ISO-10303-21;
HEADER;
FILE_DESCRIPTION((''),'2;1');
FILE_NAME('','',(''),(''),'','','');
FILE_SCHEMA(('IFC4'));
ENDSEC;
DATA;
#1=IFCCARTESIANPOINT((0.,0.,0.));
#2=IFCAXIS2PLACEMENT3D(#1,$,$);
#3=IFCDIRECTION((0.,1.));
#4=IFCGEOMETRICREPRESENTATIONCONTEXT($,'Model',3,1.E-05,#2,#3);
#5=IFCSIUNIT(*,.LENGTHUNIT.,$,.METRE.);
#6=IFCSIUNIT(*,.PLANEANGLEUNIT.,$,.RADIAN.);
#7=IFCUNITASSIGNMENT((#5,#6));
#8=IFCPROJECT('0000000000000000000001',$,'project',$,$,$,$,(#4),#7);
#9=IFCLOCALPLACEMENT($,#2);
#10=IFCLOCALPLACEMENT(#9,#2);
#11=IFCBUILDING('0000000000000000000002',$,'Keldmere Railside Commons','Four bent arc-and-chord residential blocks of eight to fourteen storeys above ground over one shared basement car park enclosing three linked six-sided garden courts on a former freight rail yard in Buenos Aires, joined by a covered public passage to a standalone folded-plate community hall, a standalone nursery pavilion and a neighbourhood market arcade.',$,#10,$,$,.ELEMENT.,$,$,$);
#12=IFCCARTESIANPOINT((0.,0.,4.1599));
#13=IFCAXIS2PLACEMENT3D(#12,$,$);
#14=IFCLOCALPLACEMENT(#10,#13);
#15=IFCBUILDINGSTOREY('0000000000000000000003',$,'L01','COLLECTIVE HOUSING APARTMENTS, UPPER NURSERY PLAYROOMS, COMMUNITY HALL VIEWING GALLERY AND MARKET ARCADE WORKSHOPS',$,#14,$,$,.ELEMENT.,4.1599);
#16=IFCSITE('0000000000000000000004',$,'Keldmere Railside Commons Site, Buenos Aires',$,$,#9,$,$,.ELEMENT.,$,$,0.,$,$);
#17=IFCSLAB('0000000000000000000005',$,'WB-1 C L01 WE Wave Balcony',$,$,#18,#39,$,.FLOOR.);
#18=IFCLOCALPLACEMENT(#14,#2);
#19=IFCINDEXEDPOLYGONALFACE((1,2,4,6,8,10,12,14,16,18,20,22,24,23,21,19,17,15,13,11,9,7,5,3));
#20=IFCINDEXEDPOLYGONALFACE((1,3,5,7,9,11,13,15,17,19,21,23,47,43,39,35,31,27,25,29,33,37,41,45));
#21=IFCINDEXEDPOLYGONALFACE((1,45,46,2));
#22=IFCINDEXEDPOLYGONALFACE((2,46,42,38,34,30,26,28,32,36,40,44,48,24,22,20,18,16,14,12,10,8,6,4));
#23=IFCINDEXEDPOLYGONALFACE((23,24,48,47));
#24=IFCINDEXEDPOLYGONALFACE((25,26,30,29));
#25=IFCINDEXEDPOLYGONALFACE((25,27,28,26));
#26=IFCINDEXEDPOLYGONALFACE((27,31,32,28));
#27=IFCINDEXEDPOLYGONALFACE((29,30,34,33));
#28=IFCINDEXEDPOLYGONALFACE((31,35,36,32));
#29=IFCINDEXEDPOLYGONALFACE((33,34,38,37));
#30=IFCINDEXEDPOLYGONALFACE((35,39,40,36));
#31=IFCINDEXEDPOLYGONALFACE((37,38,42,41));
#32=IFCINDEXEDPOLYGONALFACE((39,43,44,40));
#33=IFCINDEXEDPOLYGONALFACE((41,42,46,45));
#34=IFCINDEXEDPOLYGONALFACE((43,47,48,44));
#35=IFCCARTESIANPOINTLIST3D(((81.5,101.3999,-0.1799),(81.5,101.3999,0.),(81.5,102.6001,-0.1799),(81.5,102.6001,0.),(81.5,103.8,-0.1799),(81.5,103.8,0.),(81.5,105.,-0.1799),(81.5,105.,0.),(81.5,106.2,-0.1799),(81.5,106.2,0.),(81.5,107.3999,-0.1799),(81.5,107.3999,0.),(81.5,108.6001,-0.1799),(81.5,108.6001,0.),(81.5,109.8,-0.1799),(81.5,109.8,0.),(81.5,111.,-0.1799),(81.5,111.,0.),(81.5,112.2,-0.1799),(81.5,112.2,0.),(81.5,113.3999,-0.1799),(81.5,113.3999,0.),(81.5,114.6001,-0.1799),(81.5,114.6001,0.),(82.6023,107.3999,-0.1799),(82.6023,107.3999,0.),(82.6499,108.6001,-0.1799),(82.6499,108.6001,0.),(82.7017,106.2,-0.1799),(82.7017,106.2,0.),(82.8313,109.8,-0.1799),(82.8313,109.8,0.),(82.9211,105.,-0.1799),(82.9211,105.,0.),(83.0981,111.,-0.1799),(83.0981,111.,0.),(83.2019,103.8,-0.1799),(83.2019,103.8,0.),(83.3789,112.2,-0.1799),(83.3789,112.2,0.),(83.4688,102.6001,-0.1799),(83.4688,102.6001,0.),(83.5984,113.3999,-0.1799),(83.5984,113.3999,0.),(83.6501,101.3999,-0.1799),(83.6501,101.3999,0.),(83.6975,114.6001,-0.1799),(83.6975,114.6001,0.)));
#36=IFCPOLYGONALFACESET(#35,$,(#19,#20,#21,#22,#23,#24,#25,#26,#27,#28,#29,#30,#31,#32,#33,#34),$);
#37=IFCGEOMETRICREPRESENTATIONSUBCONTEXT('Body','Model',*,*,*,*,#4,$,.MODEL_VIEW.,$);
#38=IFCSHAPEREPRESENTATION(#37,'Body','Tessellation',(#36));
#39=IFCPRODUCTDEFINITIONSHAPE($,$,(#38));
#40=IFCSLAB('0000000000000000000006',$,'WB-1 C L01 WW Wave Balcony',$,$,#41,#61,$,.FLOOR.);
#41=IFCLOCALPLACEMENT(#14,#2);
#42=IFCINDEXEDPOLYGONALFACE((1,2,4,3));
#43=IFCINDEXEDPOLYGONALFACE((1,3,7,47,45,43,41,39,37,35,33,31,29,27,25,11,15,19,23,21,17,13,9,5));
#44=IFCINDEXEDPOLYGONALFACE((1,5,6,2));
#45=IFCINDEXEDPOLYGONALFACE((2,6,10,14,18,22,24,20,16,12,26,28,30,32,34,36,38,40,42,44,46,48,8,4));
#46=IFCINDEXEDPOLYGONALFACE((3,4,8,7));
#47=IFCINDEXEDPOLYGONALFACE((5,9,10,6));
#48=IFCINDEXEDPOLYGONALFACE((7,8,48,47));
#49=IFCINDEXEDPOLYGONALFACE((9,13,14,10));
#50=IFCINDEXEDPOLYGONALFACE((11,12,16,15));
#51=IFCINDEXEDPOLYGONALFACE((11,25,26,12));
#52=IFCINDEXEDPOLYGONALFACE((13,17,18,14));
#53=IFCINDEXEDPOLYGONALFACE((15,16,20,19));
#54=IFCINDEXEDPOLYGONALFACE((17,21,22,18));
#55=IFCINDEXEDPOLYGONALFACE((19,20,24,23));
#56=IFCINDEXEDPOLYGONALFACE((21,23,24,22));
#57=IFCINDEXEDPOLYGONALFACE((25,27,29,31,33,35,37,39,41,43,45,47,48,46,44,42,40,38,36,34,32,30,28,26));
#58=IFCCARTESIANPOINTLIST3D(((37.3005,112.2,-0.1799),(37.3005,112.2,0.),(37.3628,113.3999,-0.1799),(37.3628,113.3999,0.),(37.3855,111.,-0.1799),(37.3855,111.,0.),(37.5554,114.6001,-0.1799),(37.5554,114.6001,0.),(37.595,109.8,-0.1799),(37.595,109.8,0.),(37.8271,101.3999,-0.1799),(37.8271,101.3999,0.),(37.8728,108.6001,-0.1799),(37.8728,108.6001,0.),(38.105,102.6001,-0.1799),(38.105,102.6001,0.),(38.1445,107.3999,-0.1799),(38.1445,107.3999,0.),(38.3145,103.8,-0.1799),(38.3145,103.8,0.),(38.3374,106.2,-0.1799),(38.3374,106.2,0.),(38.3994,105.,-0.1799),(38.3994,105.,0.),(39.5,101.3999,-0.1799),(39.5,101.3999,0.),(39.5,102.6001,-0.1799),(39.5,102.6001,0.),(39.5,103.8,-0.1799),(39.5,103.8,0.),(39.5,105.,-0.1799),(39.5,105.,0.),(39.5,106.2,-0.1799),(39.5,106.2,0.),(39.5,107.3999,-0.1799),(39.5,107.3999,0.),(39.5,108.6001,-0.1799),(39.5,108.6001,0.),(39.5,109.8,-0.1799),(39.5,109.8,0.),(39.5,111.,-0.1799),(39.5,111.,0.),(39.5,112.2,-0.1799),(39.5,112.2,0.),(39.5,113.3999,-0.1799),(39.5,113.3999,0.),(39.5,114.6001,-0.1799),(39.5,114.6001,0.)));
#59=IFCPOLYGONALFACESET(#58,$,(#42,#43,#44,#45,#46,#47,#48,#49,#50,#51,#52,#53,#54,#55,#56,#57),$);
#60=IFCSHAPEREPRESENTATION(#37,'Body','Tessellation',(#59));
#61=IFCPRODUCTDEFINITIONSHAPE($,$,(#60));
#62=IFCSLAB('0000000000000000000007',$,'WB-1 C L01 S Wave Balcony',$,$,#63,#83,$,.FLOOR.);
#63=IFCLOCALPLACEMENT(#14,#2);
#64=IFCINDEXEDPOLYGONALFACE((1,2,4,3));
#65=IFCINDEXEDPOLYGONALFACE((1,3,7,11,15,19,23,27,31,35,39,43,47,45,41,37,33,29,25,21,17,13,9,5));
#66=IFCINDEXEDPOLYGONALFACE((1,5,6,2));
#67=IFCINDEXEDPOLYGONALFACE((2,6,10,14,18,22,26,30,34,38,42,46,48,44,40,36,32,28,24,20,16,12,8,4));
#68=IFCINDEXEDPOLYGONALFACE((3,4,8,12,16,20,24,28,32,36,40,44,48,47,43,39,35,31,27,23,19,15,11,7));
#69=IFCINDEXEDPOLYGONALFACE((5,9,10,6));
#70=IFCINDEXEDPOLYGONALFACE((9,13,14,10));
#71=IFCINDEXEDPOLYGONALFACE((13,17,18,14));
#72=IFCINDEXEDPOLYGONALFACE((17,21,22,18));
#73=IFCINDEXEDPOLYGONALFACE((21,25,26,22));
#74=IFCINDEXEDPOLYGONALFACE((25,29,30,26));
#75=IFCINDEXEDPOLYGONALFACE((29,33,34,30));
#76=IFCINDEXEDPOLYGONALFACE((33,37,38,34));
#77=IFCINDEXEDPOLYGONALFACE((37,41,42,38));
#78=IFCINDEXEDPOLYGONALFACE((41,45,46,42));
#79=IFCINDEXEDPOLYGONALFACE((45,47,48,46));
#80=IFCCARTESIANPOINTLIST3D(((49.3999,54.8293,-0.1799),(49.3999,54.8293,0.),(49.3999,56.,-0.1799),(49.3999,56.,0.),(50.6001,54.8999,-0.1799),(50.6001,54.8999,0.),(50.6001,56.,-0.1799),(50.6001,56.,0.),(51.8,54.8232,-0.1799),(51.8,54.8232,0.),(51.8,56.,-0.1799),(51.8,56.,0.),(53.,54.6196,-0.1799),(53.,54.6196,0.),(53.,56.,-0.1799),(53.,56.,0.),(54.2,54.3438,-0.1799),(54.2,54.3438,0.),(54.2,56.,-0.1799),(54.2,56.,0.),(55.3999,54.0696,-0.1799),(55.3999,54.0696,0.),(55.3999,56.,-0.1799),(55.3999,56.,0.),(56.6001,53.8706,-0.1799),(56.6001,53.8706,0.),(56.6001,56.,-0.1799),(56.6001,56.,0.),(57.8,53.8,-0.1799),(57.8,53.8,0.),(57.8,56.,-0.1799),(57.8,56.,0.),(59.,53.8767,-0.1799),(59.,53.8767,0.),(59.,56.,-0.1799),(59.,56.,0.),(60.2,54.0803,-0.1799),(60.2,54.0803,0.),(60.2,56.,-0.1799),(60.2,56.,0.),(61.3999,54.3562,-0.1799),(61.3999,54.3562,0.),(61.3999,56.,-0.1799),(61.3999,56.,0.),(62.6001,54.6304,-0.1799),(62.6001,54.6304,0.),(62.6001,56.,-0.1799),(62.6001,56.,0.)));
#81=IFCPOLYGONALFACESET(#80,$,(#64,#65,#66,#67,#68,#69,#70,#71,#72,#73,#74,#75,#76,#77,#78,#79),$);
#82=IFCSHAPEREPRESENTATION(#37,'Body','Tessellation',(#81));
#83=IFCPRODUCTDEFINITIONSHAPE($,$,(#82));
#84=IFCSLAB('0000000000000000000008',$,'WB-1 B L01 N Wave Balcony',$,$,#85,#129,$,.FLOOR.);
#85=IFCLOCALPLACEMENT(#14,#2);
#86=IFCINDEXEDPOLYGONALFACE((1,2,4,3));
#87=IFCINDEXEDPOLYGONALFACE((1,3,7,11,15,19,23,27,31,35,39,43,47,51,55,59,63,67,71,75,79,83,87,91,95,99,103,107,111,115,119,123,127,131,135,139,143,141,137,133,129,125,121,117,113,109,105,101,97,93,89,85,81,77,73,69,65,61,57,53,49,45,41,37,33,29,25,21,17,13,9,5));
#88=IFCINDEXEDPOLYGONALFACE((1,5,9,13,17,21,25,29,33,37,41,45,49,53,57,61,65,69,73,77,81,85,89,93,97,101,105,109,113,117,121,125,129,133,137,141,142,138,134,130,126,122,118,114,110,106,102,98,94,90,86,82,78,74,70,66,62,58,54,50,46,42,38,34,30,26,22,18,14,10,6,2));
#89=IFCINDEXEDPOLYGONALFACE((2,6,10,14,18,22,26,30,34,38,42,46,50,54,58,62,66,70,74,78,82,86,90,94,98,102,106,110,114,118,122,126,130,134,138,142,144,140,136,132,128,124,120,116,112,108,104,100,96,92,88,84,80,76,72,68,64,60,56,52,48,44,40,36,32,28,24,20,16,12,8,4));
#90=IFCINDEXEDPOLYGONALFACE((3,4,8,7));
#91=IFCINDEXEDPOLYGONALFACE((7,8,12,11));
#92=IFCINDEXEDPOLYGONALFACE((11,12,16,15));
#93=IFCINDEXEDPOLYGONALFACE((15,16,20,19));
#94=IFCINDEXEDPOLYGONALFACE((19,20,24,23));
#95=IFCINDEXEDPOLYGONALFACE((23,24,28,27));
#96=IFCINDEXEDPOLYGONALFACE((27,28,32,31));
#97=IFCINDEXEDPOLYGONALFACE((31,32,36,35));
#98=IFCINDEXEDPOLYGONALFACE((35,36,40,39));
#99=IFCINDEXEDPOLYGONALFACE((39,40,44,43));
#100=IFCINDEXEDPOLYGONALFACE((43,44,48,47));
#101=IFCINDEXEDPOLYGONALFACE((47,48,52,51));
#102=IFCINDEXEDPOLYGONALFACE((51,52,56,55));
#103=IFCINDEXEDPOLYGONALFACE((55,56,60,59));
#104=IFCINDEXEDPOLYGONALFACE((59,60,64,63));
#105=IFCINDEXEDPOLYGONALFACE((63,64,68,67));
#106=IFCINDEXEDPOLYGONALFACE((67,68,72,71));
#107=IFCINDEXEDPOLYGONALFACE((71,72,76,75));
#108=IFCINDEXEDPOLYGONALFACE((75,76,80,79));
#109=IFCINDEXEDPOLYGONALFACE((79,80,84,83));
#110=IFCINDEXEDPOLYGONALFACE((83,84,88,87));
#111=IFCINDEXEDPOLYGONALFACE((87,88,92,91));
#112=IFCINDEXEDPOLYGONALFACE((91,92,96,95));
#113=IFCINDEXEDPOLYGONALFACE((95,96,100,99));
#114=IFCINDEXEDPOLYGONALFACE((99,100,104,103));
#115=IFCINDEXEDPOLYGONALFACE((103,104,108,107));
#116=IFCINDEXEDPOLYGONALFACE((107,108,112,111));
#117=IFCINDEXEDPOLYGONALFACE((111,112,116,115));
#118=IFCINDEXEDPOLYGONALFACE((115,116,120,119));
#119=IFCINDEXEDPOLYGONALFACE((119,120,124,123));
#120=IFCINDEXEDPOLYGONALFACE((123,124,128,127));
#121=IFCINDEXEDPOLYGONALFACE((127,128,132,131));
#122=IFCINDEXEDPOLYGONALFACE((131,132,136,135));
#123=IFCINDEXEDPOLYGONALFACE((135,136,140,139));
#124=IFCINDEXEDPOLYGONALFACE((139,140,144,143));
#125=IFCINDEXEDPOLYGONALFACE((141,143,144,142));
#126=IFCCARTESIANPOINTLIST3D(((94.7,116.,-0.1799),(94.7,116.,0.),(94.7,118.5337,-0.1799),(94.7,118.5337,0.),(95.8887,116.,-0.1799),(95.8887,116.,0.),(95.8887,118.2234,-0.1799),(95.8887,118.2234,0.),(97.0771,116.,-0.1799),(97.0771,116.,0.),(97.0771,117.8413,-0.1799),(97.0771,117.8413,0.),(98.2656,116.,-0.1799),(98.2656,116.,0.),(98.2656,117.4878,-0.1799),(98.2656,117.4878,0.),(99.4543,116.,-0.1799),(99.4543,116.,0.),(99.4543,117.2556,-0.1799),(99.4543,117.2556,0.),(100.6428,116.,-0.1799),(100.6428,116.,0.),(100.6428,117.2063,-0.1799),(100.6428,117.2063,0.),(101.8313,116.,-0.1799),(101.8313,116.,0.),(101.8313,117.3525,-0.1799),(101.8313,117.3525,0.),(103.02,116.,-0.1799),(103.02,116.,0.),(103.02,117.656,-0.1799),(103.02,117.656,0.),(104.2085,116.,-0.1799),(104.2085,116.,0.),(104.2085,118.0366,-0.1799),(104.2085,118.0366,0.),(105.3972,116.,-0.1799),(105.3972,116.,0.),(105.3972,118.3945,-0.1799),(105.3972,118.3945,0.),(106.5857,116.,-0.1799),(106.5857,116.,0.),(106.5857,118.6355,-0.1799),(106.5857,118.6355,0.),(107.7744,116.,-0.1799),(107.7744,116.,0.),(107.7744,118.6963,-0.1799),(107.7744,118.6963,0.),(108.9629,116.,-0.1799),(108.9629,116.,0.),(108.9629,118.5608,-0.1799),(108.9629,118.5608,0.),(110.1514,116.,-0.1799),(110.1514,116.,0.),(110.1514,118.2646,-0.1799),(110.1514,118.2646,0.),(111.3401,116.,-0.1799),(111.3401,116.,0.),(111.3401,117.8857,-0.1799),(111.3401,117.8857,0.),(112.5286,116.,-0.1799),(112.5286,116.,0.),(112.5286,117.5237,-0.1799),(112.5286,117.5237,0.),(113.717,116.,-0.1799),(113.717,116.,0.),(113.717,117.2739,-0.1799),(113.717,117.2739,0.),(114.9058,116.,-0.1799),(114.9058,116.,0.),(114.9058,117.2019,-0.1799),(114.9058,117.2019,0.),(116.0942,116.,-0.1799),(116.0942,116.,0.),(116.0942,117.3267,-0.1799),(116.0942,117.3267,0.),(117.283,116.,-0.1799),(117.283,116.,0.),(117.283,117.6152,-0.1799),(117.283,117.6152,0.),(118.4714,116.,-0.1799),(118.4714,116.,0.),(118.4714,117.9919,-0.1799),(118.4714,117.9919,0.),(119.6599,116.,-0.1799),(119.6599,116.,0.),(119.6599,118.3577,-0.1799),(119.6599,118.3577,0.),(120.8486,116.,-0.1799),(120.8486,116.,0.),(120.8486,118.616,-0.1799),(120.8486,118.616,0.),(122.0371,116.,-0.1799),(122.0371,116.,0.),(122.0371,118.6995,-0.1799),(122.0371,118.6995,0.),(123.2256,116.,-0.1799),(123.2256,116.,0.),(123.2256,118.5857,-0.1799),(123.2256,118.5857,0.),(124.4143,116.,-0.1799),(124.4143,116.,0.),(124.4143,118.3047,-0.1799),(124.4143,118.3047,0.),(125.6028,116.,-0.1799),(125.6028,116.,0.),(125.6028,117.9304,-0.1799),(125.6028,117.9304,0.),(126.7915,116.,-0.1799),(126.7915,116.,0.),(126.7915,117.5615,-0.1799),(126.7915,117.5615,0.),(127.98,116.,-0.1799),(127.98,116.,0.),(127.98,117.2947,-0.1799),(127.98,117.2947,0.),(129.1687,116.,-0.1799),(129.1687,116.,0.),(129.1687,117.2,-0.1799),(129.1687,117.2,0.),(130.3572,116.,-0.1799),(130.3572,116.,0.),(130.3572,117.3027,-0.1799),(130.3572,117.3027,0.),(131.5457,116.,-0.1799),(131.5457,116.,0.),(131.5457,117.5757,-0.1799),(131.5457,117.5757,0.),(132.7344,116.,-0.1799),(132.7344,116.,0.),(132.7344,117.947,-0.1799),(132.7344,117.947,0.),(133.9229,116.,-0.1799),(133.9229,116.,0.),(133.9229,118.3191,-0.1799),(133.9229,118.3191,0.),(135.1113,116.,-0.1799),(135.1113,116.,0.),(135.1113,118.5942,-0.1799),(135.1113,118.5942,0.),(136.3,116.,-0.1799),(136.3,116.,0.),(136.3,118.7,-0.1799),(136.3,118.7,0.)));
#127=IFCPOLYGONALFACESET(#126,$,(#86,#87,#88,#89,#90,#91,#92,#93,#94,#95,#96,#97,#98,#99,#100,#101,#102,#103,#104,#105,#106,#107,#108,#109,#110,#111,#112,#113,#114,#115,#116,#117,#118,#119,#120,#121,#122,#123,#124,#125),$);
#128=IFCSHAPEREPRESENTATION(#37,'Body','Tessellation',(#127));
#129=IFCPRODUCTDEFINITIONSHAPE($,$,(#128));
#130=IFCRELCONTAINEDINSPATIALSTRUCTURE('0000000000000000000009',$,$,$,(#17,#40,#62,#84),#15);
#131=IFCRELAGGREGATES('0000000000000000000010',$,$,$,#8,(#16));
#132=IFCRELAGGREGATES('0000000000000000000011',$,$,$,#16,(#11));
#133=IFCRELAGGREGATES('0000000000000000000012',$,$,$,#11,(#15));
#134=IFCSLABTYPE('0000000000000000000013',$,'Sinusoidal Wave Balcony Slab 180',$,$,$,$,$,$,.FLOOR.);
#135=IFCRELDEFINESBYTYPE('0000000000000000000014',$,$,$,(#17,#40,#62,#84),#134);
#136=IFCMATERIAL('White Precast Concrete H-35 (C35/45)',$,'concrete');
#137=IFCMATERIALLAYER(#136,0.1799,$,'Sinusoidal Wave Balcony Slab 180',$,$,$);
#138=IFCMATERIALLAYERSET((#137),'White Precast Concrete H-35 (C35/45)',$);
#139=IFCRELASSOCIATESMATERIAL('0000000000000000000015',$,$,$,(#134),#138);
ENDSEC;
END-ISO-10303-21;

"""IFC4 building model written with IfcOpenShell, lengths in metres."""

from ifc_helpers import new_model, si_unit, direction, frame, origin, place, context, subcontext, project, spatial, polyline, outline, extrude, material, layer, layer_set, type_object, element, save


model = new_model("IFC4")

# Units and contexts
model_context = context("Model", 3, precision=1e-05, world=origin(), true_north=direction((0.0, 1.0)))
body_context = subcontext(model_context, "Body", "Model", "MODEL_VIEW")
ifc_project = project(units=[si_unit("LENGTHUNIT", "METRE"), si_unit("PLANEANGLEUNIT", "RADIAN")], contexts=[model_context])

# Site, building, storey
site_placement = place(None, origin())
site = spatial("IfcSite", under=ifc_project, at=site_placement, Name="Keldmere Railside Commons Site, Buenos Aires", CompositionType="ELEMENT", RefElevation=0.0)
building_placement = place(site_placement, origin())
building = spatial("IfcBuilding", under=site, at=building_placement, Name="Keldmere Railside Commons", Description="Four bent arc-and-chord residential blocks of eight to fourteen storeys above ground over one shared basement car park enclosing three linked six-sided garden courts on a former freight rail yard in Buenos Aires, joined by a covered public passage to a standalone folded-plate community hall, a standalone nursery pavilion and a neighbourhood market arcade.", CompositionType="ELEMENT")
storey_placement = place(building_placement, frame((0.0, 0.0, 4.1599)))
storey = spatial("IfcBuildingStorey", under=building, at=storey_placement, Name="L01", Description="COLLECTIVE HOUSING APARTMENTS, UPPER NURSERY PLAYROOMS, COMMUNITY HALL VIEWING GALLERY AND MARKET ARCADE WORKSHOPS", CompositionType="ELEMENT", Elevation=4.1599)

# Slabs
ifc_material_1 = material(Name="White Precast Concrete H-35 (C35/45)", Category="concrete")
ifc_layer_1 = layer(ifc_material_1, 0.1799, Name="Sinusoidal Wave Balcony Slab 180")
ifc_layer_set_1 = layer_set([ifc_layer_1], Name="White Precast Concrete H-35 (C35/45)")
slab_type_1 = type_object("IfcSlabType", Name="Sinusoidal Wave Balcony Slab 180", PredefinedType="FLOOR", material=ifc_layer_set_1)
slab_1_placement = place(storey_placement, frame((0.0, 0.0, -0.1799)))
element("IfcSlab", 1, at=slab_1_placement, inside=storey, type_object=slab_type_1, Name="WB-1 C L01 WE Wave Balcony", PredefinedType="FLOOR", context=body_context, shape_type="SweptSolid", body=[
    extrude(outline(polyline([(83.6501, 101.3999), (83.4688, 102.6001), (83.2019, 103.8), (82.9211, 105.0), (82.7017, 106.2), (82.6023, 107.3999), (82.6499, 108.6001), (82.8313, 109.8), (83.0981, 111.0), (83.3789, 112.2), (83.5984, 113.3999), (83.6975, 114.6001), (81.5, 114.6001), (81.5, 113.3999), (81.5, 112.2), (81.5, 111.0), (81.5, 109.8), (81.5, 108.6001), (81.5, 107.3999), (81.5, 106.2), (81.5, 105.0), (81.5, 103.8), (81.5, 102.6001), (81.5, 101.3999), (83.6501, 101.3999)])), origin(), (0.0, 0.0, 1.0), 0.1799),
])
slab_2_placement = place(storey_placement, frame((0.0, 0.0, -0.1799)))
element("IfcSlab", 2, at=slab_2_placement, inside=storey, type_object=slab_type_1, Name="WB-1 C L01 WW Wave Balcony", PredefinedType="FLOOR", context=body_context, shape_type="SweptSolid", body=[
    extrude(outline(polyline([(39.5, 101.3999), (39.5, 102.6001), (39.5, 103.8), (39.5, 105.0), (39.5, 106.2), (39.5, 107.3999), (39.5, 108.6001), (39.5, 109.8), (39.5, 111.0), (39.5, 112.2), (39.5, 113.3999), (39.5, 114.6001), (37.5554, 114.6001), (37.3628, 113.3999), (37.3005, 112.2), (37.3855, 111.0), (37.595, 109.8), (37.8728, 108.6001), (38.1445, 107.3999), (38.3374, 106.2), (38.3994, 105.0), (38.3145, 103.8), (38.105, 102.6001), (37.8271, 101.3999), (39.5, 101.3999)])), origin(), (0.0, 0.0, 1.0), 0.1799),
])
slab_3_placement = place(storey_placement, frame((0.0, 0.0, -0.1799)))
element("IfcSlab", 3, at=slab_3_placement, inside=storey, type_object=slab_type_1, Name="WB-1 C L01 S Wave Balcony", PredefinedType="FLOOR", context=body_context, shape_type="SweptSolid", body=[
    extrude(outline(polyline([(49.3999, 54.8293), (50.6001, 54.8999), (51.8, 54.8232), (53.0, 54.6196), (54.2, 54.3438), (55.3999, 54.0696), (56.6001, 53.8706), (57.8, 53.8), (59.0, 53.8767), (60.2, 54.0803), (61.3999, 54.3562), (62.6001, 54.6304), (62.6001, 56.0), (61.3999, 56.0), (60.2, 56.0), (59.0, 56.0), (57.8, 56.0), (56.6001, 56.0), (55.3999, 56.0), (54.2, 56.0), (53.0, 56.0), (51.8, 56.0), (50.6001, 56.0), (49.3999, 56.0), (49.3999, 54.8293)])), origin(), (0.0, 0.0, 1.0), 0.1799),
])
slab_4_placement = place(storey_placement, frame((0.0, 0.0, -0.1799)))
element("IfcSlab", 4, at=slab_4_placement, inside=storey, type_object=slab_type_1, Name="WB-1 B L01 N Wave Balcony", PredefinedType="FLOOR", context=body_context, shape_type="SweptSolid", body=[
    extrude(outline(polyline([(94.7, 116.0), (95.8887, 116.0), (97.0771, 116.0), (98.2656, 116.0), (99.4543, 116.0), (100.6428, 116.0), (101.8313, 116.0), (103.02, 116.0), (104.2085, 116.0), (105.3972, 116.0), (106.5857, 116.0), (107.7744, 116.0), (108.9629, 116.0), (110.1514, 116.0), (111.3401, 116.0), (112.5286, 116.0), (113.717, 116.0), (114.9058, 116.0), (116.0942, 116.0), (117.283, 116.0), (118.4714, 116.0), (119.6599, 116.0), (120.8486, 116.0), (122.0371, 116.0), (123.2256, 116.0), (124.4143, 116.0), (125.6028, 116.0), (126.7915, 116.0), (127.98, 116.0), (129.1687, 116.0), (130.3572, 116.0), (131.5457, 116.0), (132.7344, 116.0), (133.9229, 116.0), (135.1113, 116.0), (136.3, 116.0), (136.3, 118.7), (135.1113, 118.5942), (133.9229, 118.3191), (132.7344, 117.947), (131.5457, 117.5757), (130.3572, 117.3027), (129.1687, 117.2), (127.98, 117.2947), (126.7915, 117.5615), (125.6028, 117.9304), (124.4143, 118.3047), (123.2256, 118.5857), (122.0371, 118.6995), (120.8486, 118.616), (119.6599, 118.3577), (118.4714, 117.9919), (117.283, 117.6152), (116.0942, 117.3267), (114.9058, 117.2019), (113.717, 117.2739), (112.5286, 117.5237), (111.3401, 117.8857), (110.1514, 118.2646), (108.9629, 118.5608), (107.7744, 118.6963), (106.5857, 118.6355), (105.3972, 118.3945), (104.2085, 118.0366), (103.02, 117.656), (101.8313, 117.3525), (100.6428, 117.2063), (99.4543, 117.2556), (98.2656, 117.4878), (97.0771, 117.8413), (95.8887, 118.2234), (94.7, 118.5337), (94.7, 116.0)])), origin(), (0.0, 0.0, 1.0), 0.1799),
])

save(model, "model.ifc")
